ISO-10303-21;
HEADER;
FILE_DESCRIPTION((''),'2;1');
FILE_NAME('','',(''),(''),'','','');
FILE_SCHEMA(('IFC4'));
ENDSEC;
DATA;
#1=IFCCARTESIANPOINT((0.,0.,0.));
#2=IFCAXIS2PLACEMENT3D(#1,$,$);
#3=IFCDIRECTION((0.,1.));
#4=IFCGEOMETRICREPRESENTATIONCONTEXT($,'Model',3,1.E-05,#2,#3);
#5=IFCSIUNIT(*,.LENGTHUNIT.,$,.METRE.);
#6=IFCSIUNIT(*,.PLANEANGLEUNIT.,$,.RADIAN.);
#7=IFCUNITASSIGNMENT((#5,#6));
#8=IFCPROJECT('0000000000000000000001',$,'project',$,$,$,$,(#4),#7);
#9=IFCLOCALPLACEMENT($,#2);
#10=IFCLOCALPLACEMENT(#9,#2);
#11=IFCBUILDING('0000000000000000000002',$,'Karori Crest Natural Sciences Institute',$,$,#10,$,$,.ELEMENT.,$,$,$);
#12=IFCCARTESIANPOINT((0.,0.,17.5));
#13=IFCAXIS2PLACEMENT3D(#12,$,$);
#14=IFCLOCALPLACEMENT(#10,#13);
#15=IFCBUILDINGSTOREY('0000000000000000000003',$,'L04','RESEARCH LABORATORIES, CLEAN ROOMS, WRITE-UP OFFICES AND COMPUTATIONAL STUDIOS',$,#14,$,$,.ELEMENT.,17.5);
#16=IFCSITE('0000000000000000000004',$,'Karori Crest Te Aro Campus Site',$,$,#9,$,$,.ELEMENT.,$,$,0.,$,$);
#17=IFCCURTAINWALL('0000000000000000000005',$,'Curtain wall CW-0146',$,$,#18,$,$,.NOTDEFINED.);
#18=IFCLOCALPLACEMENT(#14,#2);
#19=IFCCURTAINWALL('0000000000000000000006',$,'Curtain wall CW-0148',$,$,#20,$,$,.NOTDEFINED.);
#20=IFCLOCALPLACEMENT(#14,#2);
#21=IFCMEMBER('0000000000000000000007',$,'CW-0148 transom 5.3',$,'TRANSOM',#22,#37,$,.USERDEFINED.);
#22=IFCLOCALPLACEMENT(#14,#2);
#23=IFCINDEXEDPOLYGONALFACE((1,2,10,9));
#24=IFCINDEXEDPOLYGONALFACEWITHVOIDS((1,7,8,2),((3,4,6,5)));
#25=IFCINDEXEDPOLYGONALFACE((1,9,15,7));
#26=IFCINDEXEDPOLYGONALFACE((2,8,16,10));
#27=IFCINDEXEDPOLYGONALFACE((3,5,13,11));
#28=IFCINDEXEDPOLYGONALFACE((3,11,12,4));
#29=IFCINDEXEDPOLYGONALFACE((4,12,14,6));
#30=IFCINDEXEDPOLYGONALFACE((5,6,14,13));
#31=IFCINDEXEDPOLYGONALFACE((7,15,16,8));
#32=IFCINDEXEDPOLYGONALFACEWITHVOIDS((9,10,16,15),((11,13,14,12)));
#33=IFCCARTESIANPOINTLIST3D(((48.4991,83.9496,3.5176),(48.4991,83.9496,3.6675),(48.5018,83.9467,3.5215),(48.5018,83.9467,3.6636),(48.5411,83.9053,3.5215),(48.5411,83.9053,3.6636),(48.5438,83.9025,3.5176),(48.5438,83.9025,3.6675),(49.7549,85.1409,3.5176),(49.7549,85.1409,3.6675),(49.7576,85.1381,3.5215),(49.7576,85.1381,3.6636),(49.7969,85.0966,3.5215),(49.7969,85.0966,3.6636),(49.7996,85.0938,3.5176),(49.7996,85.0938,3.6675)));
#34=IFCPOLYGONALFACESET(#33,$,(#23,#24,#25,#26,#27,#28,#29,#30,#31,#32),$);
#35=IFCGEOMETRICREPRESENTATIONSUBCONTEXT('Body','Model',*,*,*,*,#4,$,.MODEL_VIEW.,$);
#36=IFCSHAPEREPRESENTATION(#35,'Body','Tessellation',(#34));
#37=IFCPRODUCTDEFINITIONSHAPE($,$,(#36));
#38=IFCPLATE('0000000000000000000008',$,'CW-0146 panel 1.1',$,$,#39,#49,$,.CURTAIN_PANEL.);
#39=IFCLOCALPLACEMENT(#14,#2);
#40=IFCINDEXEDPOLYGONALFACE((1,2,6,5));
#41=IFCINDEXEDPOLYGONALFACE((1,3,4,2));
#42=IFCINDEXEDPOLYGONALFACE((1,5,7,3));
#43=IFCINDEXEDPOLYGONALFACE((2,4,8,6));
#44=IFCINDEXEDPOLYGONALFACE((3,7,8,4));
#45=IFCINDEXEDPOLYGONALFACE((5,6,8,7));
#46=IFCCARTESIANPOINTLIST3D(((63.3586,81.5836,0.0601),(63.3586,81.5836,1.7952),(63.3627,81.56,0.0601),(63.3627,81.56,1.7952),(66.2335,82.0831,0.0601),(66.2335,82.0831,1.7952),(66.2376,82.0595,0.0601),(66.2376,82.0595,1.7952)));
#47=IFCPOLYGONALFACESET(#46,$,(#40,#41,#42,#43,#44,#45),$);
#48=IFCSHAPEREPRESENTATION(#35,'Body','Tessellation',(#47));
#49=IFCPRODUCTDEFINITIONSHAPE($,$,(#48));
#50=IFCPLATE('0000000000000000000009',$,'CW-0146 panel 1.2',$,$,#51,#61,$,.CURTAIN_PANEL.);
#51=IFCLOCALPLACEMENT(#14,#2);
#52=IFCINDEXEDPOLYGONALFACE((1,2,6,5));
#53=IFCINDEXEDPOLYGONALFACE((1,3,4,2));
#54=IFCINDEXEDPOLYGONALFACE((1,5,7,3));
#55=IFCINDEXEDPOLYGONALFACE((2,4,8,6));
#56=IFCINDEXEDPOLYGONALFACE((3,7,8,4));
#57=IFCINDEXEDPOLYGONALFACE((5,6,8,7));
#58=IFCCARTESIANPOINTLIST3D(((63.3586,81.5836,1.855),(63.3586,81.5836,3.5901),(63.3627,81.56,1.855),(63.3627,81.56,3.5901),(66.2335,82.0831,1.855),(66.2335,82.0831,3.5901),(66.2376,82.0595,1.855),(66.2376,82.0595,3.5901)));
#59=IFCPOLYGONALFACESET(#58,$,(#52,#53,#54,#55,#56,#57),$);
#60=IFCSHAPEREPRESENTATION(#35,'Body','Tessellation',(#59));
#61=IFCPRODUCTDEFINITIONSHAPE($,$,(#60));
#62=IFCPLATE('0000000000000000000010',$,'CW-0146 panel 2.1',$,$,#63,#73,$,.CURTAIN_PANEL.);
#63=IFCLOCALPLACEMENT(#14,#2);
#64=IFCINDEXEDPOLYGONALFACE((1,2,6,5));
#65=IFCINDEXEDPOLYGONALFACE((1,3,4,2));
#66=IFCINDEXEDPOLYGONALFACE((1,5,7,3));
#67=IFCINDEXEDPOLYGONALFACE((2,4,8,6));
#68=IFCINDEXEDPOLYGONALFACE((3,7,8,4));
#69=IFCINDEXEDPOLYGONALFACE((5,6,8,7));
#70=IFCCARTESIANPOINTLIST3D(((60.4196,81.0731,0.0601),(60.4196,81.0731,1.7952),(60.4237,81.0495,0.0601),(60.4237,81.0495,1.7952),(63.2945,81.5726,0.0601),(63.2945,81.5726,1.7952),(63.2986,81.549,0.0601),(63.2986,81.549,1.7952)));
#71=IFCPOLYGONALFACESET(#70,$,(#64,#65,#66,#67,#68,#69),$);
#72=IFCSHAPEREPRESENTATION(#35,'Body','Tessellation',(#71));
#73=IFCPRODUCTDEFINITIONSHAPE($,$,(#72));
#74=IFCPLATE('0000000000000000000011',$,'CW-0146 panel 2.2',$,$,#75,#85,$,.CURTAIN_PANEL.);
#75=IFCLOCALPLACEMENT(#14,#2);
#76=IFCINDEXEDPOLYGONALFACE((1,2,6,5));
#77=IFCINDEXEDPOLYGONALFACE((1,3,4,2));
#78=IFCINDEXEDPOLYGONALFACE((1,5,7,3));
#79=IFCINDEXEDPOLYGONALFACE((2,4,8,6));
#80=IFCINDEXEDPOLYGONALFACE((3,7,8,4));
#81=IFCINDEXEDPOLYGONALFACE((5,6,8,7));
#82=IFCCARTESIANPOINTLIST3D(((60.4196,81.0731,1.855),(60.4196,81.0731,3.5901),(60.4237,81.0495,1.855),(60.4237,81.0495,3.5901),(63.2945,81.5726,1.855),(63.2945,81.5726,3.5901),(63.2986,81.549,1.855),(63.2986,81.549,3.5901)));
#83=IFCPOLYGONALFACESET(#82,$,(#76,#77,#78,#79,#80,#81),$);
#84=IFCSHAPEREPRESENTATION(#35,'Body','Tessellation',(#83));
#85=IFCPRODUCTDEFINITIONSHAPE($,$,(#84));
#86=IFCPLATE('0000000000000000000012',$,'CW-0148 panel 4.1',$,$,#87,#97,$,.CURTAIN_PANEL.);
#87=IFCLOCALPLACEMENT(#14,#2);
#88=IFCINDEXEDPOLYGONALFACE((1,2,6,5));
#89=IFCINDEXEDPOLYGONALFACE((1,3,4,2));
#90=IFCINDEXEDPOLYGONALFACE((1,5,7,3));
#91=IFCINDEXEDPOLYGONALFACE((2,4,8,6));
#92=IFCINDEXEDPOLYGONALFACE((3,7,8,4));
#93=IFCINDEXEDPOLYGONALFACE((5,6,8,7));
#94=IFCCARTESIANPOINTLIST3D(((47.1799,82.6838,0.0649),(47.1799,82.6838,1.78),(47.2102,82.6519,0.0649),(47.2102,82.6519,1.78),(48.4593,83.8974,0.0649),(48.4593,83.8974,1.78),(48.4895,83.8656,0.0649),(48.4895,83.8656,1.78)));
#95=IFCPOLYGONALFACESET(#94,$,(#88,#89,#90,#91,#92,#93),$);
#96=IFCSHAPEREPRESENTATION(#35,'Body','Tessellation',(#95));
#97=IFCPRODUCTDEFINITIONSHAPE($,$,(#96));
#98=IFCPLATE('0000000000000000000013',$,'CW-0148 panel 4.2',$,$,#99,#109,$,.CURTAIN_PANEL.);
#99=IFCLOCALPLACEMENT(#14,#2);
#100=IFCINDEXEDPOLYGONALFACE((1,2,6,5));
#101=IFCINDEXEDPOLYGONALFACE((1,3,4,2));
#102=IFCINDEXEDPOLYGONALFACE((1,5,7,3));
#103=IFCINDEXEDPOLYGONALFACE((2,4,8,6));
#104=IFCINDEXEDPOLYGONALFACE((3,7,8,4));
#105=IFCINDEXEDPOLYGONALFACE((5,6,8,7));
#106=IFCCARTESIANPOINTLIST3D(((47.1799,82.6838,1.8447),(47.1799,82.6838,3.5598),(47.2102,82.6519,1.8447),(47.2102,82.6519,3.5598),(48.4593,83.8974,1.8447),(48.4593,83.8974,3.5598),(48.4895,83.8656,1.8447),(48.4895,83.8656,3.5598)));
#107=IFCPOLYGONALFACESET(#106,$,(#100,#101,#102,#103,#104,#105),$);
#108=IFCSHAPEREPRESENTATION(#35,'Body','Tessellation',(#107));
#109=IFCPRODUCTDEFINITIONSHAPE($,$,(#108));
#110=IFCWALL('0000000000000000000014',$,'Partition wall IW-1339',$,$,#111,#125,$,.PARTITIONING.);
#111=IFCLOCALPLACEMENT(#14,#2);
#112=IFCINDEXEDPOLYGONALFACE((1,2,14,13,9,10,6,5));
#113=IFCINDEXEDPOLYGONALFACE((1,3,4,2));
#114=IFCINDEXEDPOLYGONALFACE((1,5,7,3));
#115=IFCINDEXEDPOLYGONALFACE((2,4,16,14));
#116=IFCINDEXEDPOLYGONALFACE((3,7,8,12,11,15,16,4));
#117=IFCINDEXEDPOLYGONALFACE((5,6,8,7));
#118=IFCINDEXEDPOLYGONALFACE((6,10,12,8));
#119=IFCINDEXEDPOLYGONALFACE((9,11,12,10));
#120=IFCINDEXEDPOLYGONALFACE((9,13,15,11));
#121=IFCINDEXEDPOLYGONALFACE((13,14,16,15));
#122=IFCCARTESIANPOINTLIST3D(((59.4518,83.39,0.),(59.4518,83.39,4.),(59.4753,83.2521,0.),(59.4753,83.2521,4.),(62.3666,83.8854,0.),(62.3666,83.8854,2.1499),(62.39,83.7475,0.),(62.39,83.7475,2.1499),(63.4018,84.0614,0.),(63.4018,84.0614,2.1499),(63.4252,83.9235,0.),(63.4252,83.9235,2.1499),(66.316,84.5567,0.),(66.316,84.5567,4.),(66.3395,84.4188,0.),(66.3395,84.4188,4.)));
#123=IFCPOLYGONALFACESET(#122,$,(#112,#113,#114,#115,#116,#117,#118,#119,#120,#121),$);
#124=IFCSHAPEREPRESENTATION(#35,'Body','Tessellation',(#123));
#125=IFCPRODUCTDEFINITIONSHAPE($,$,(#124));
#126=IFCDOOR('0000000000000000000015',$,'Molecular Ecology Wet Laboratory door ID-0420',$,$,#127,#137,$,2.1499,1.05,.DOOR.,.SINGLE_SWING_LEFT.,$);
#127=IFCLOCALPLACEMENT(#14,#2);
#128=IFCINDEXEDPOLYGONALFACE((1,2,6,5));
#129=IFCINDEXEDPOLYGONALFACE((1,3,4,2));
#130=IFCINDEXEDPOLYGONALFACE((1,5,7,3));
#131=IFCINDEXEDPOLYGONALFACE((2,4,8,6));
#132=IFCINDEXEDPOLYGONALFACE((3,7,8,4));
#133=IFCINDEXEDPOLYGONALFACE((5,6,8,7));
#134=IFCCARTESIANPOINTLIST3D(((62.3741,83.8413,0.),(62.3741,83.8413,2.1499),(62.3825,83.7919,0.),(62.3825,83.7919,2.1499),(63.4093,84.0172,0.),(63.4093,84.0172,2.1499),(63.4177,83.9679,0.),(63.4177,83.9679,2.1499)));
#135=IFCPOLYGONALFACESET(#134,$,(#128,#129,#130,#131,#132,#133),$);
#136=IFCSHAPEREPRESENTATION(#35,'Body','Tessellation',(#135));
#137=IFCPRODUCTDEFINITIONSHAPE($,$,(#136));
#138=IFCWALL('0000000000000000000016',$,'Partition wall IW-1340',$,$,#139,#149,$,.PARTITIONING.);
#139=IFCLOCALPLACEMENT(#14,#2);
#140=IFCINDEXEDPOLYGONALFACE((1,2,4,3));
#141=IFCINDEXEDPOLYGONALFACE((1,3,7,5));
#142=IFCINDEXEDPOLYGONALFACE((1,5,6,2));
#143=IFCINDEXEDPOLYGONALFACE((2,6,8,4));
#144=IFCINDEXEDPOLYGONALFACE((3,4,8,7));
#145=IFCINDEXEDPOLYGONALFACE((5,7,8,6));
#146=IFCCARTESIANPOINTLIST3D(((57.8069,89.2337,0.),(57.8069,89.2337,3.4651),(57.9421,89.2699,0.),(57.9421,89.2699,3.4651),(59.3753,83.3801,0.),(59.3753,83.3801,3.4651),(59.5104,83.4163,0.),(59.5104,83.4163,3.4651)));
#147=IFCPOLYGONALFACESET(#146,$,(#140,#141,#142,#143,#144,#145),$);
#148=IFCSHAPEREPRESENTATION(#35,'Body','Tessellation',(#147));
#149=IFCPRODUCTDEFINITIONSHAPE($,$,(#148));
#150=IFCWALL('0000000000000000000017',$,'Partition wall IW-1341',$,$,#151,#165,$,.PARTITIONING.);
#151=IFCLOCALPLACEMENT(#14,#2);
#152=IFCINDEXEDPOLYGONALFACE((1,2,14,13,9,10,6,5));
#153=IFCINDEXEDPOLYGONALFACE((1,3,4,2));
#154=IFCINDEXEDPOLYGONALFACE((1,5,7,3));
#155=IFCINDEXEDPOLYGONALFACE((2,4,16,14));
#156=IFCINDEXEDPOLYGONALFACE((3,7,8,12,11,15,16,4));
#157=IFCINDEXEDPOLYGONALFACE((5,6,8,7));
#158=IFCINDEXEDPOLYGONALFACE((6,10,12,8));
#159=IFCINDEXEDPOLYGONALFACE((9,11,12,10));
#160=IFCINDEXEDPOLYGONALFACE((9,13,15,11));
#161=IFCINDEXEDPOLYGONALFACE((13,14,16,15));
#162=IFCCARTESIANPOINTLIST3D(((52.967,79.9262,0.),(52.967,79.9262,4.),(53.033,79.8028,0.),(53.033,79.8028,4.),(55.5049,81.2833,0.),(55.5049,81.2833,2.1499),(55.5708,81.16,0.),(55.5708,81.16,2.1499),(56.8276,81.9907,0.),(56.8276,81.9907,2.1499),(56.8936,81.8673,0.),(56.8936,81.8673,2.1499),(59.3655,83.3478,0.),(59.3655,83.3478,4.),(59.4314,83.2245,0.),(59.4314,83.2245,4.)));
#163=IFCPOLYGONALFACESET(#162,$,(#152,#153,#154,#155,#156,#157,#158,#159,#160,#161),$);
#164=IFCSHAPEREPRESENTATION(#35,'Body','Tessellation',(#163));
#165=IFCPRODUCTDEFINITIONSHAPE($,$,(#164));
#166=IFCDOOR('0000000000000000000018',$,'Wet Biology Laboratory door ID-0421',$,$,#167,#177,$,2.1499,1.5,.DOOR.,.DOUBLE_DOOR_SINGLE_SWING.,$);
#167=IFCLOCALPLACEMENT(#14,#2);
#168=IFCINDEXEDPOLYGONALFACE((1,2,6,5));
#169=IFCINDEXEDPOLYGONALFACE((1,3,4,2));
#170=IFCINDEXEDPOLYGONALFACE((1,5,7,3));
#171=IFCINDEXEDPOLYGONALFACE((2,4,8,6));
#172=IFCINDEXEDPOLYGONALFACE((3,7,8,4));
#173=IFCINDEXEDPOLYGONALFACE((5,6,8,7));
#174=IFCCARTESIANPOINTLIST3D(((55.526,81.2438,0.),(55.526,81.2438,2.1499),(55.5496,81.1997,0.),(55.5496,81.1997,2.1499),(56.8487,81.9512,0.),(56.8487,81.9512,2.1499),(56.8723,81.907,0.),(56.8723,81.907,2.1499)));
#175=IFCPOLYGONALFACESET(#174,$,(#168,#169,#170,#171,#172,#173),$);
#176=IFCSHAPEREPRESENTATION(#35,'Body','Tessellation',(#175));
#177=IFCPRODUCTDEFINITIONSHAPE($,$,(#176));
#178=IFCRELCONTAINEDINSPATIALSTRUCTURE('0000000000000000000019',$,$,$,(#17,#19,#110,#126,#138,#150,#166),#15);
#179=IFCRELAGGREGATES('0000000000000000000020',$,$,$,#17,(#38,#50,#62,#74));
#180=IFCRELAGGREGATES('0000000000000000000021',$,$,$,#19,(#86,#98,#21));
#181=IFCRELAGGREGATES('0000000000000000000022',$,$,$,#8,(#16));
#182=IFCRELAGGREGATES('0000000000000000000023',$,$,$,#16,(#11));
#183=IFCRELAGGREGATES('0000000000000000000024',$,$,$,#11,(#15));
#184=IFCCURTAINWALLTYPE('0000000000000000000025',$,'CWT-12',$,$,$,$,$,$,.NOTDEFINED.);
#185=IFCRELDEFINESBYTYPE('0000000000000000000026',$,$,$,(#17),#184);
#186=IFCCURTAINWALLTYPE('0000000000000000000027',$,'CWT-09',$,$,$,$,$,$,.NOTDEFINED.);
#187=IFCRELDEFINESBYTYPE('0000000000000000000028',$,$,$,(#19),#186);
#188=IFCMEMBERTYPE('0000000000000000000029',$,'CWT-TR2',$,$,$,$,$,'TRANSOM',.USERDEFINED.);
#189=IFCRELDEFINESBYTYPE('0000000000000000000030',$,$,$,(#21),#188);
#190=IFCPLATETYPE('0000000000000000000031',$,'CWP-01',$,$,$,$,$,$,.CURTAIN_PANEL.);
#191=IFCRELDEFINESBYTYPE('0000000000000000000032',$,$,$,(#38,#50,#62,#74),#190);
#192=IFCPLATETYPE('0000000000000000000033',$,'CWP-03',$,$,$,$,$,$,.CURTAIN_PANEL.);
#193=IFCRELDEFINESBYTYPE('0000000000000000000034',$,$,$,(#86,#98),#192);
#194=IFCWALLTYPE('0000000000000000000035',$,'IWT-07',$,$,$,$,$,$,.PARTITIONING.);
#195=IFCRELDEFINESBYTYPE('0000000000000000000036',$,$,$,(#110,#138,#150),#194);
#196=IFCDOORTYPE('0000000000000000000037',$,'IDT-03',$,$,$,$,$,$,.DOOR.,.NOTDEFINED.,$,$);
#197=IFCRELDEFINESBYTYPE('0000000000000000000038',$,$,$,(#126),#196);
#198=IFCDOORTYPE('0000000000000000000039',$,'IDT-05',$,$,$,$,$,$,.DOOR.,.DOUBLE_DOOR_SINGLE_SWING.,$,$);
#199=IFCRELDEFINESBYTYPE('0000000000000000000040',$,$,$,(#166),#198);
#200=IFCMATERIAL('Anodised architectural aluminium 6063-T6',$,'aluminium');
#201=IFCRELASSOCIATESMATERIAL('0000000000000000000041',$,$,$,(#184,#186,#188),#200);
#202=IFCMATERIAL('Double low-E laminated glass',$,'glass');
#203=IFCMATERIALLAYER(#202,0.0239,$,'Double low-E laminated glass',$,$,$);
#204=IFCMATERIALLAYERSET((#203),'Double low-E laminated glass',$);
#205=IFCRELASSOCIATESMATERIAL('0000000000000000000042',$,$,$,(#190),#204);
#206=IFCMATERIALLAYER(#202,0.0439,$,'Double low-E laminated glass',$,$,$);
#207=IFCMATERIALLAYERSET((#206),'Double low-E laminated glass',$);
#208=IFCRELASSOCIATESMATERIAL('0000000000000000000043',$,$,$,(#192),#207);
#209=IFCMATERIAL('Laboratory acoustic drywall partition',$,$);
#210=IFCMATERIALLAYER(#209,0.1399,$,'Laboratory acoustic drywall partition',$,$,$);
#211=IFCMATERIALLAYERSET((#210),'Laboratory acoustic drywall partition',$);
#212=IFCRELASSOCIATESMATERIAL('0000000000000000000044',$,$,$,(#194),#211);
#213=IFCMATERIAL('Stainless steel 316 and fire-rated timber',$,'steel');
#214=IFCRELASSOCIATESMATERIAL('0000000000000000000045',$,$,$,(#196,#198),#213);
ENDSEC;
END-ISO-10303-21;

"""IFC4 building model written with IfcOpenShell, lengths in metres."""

from ifc_helpers import new_model, si_unit, direction, frame, frame_2d, origin, origin_2d, place, context, subcontext, project, spatial, rectangle, hollow_rectangle, extrude, material, layer, layer_set, material_profile, profile_set, type_object, element, fill, aggregate, save


model = new_model("IFC4")

# Units and contexts
model_context = context("Model", 3, precision=1e-05, world=origin(), true_north=direction((0.0, 1.0)))
body_context = subcontext(model_context, "Body", "Model", "MODEL_VIEW")
ifc_project = project(units=[si_unit("LENGTHUNIT", "METRE"), si_unit("PLANEANGLEUNIT", "RADIAN")], contexts=[model_context])

# Site, building, storey
site_placement = place(None, origin())
site = spatial("IfcSite", under=ifc_project, at=site_placement, Name="Karori Crest Te Aro Campus Site", CompositionType="ELEMENT", RefElevation=0.0)
building_placement = place(site_placement, origin())
building = spatial("IfcBuilding", under=site, at=building_placement, Name="Karori Crest Natural Sciences Institute", CompositionType="ELEMENT")
storey_placement = place(building_placement, frame((0.0, 0.0, 17.5)))
storey = spatial("IfcBuildingStorey", under=building, at=storey_placement, Name="L04", Description="RESEARCH LABORATORIES, CLEAN ROOMS, WRITE-UP OFFICES AND COMPUTATIONAL STUDIOS", CompositionType="ELEMENT", Elevation=17.5)

# Curtain wall
ifc_material_1 = material(Name="Anodised architectural aluminium 6063-T6", Category="aluminium")
curtain_wall_type_1 = type_object("IfcCurtainWallType", Name="CWT-12", PredefinedType="NOTDEFINED", material=ifc_material_1)
curtain_wall_1_placement = place(storey_placement, origin())
curtain_wall_1 = element("IfcCurtainWall", 1, at=curtain_wall_1_placement, inside=storey, type_object=curtain_wall_type_1, Name="Curtain wall CW-0146", PredefinedType="NOTDEFINED")

# Curtain wall
curtain_wall_type_2 = type_object("IfcCurtainWallType", Name="CWT-09", PredefinedType="NOTDEFINED", material=ifc_material_1)
curtain_wall_2_placement = place(storey_placement, origin())
curtain_wall_2 = element("IfcCurtainWall", 2, at=curtain_wall_2_placement, inside=storey, type_object=curtain_wall_type_2, Name="Curtain wall CW-0148", PredefinedType="NOTDEFINED")

# Member
ifc_material_profile_1 = material_profile(ifc_material_1, hollow_rectangle(XDim=0.0649, YDim=0.1499, WallThickness=0.0039, at=origin_2d()), Name="CWT150x65x4")
ifc_profile_set_1 = profile_set([ifc_material_profile_1], Name="Anodised architectural aluminium 6063-T6")
member_type_1 = type_object("IfcMemberType", Name="CWT-TR2", ElementType="TRANSOM", PredefinedType="USERDEFINED", material=ifc_profile_set_1)
member_1_placement = place(storey_placement, frame((48.5215, 83.926, 3.5925), z_axis=(0.725478, 0.688245, 0.0), x_axis=(-0.688245, 0.725478, 0.0)))
member_1 = element("IfcMember", 3, at=member_1_placement, type_object=member_type_1, Name="CW-0148 transom 5.3", ObjectType="TRANSOM", PredefinedType="USERDEFINED", context=body_context, shape_type="SweptSolid", body=[
    extrude(hollow_rectangle(XDim=0.0649, YDim=0.1499, WallThickness=0.0039, at=origin_2d()), origin(), (0.0, 0.0, 1.0), 1.731),
])

# Plates
ifc_material_2 = material(Name="Double low-E laminated glass", Category="glass")
ifc_layer_1 = layer(ifc_material_2, 0.0239, Name="Double low-E laminated glass")
ifc_layer_set_1 = layer_set([ifc_layer_1], Name="Double low-E laminated glass")
plate_type_1 = type_object("IfcPlateType", Name="CWP-01", PredefinedType="CURTAIN_PANEL", material=ifc_layer_set_1)
plate_1_placement = place(storey_placement, frame((64.7981, 81.8215, 0.0601), z_axis=(0.0, 0.0, 1.0), x_axis=(-0.985241, -0.171174, 0.0)))
plate_1 = element("IfcPlate", 4, at=plate_1_placement, type_object=plate_type_1, Name="CW-0146 panel 1.1", PredefinedType="CURTAIN_PANEL", context=body_context, shape_type="SweptSolid", body=[
    extrude(rectangle(XDim=2.918, YDim=0.0239, at=origin_2d()), origin(), (0.0, 0.0, 1.0), 1.7351),
])
plate_2_placement = place(storey_placement, frame((64.7981, 81.8215, 1.855), z_axis=(0.0, 0.0, 1.0), x_axis=(-0.985241, -0.171174, 0.0)))
plate_2 = element("IfcPlate", 5, at=plate_2_placement, type_object=plate_type_1, Name="CW-0146 panel 1.2", PredefinedType="CURTAIN_PANEL", context=body_context, shape_type="SweptSolid", body=[
    extrude(rectangle(XDim=2.918, YDim=0.0239, at=origin_2d()), origin(), (0.0, 0.0, 1.0), 1.7351),
])
plate_3_placement = place(storey_placement, frame((61.8591, 81.311, 0.0601), z_axis=(0.0, 0.0, 1.0), x_axis=(-0.985241, -0.171174, 0.0)))
plate_3 = element("IfcPlate", 6, at=plate_3_placement, type_object=plate_type_1, Name="CW-0146 panel 2.1", PredefinedType="CURTAIN_PANEL", context=body_context, shape_type="SweptSolid", body=[
    extrude(rectangle(XDim=2.918, YDim=0.0239, at=origin_2d()), origin(), (0.0, 0.0, 1.0), 1.7351),
])
plate_4_placement = place(storey_placement, frame((61.8591, 81.311, 1.855), z_axis=(0.0, 0.0, 1.0), x_axis=(-0.985241, -0.171174, 0.0)))
plate_4 = element("IfcPlate", 7, at=plate_4_placement, type_object=plate_type_1, Name="CW-0146 panel 2.2", PredefinedType="CURTAIN_PANEL", context=body_context, shape_type="SweptSolid", body=[
    extrude(rectangle(XDim=2.918, YDim=0.0239, at=origin_2d()), origin(), (0.0, 0.0, 1.0), 1.7351),
])
aggregate(curtain_wall_1, [plate_1, plate_2, plate_3, plate_4])
ifc_layer_2 = layer(ifc_material_2, 0.0439, Name="Double low-E laminated glass")
ifc_layer_set_2 = layer_set([ifc_layer_2], Name="Double low-E laminated glass")
plate_type_2 = type_object("IfcPlateType", Name="CWP-03", PredefinedType="CURTAIN_PANEL", material=ifc_layer_set_2)
plate_5_placement = place(storey_placement, frame((47.8347, 83.2747, 0.0649), z_axis=(0.0, 0.0, 1.0), x_axis=(0.725473, 0.688251, 0.0)))
plate_5 = element("IfcPlate", 8, at=plate_5_placement, type_object=plate_type_2, Name="CW-0148 panel 4.1", PredefinedType="CURTAIN_PANEL", context=body_context, shape_type="SweptSolid", body=[
    extrude(rectangle(XDim=1.7634, YDim=0.0439, at=origin_2d()), origin(), (0.0, 0.0, 1.0), 1.7151),
])
plate_6_placement = place(storey_placement, frame((47.8347, 83.2747, 1.8447), z_axis=(0.0, 0.0, 1.0), x_axis=(0.725473, 0.688251, 0.0)))
plate_6 = element("IfcPlate", 9, at=plate_6_placement, type_object=plate_type_2, Name="CW-0148 panel 4.2", PredefinedType="CURTAIN_PANEL", context=body_context, shape_type="SweptSolid", body=[
    extrude(rectangle(XDim=1.7634, YDim=0.0439, at=origin_2d()), origin(), (0.0, 0.0, 1.0), 1.7151),
])
aggregate(curtain_wall_2, [plate_5, plate_6, member_1])

# Wall, opening, door
ifc_material_3 = material(Name="Laboratory acoustic drywall partition")
ifc_layer_3 = layer(ifc_material_3, 0.1399, Name="Laboratory acoustic drywall partition")
ifc_layer_set_3 = layer_set([ifc_layer_3], Name="Laboratory acoustic drywall partition")
wall_type_1 = type_object("IfcWallType", Name="IWT-07", PredefinedType="PARTITIONING", material=ifc_layer_set_3)
wall_1_placement = place(storey_placement, frame((66.3279, 84.4878, 0.0), z_axis=(0.0, 0.0, 1.0), x_axis=(-0.98586, -0.167571, 0.0)))
wall_1 = element("IfcWall", 10, at=wall_1_placement, inside=storey, type_object=wall_type_1, Name="Partition wall IW-1339", PredefinedType="PARTITIONING", context=body_context, shape_type="SweptSolid", body=[
    extrude(rectangle(XDim=6.9626, YDim=0.1399, at=frame_2d((3.4814, 0.0))), origin(), (0.0, 0.0, 1.0), 4.0),
])
opening_1_placement = place(wall_1_placement, frame((2.9563, 0.0, 0.0)))
opening_1 = element("IfcOpeningElement", 11, at=opening_1_placement, cuts=wall_1, PredefinedType="OPENING", context=body_context, shape_type="SweptSolid", body=[
    extrude(rectangle(XDim=1.05, YDim=2.1499, at=frame_2d((0.5249, 1.075))), frame((0.0, 0.0801, 0.0), z_axis=(0.0, -1.0, 0.0), x_axis=(1.0, 0.0, 0.0)), (0.0, 0.0, 1.0), 0.1599),
])
ifc_material_4 = material(Name="Stainless steel 316 and fire-rated timber", Category="steel")
door_type_1 = type_object("IfcDoorType", Name="IDT-03", OperationType="NOTDEFINED", PredefinedType="DOOR", material=ifc_material_4)
door_1_placement = place(opening_1_placement, origin())
door_1 = element("IfcDoor", 12, at=door_1_placement, inside=storey, type_object=door_type_1, Name="Molecular Ecology Wet Laboratory door ID-0420", OperationType="SINGLE_SWING_LEFT", OverallHeight=2.1499, OverallWidth=1.05, PredefinedType="DOOR", context=body_context, shape_type="SweptSolid", body=[
    extrude(rectangle(XDim=1.05, YDim=2.1499, at=frame_2d((0.5249, 1.075))), frame((0.0, 0.0249, 0.0), z_axis=(0.0, -1.0, 0.0), x_axis=(1.0, 0.0, 0.0)), (0.0, 0.0, 1.0), 0.05),
])
fill(opening_1, door_1)

# Wall
wall_2_placement = place(storey_placement, frame((59.4429, 83.3982, 0.0), z_axis=(0.0, 0.0, 1.0), x_axis=(-0.258806, 0.965929, 0.0)))
element("IfcWall", 13, at=wall_2_placement, inside=storey, type_object=wall_type_1, Name="Partition wall IW-1340", PredefinedType="PARTITIONING", context=body_context, shape_type="SweptSolid", body=[
    extrude(rectangle(XDim=6.0601, YDim=0.1399, at=frame_2d((3.03, 0.0))), origin(), (0.0, 0.0, 1.0), 3.4651),
])

# Wall, opening, door
wall_3_placement = place(storey_placement, frame((59.3984, 83.2861, 0.0), z_axis=(0.0, 0.0, 1.0), x_axis=(-0.88183, -0.471568, 0.0)))
wall_3 = element("IfcWall", 14, at=wall_3_placement, inside=storey, type_object=wall_type_1, Name="Partition wall IW-1341", PredefinedType="PARTITIONING", context=body_context, shape_type="SweptSolid", body=[
    extrude(rectangle(XDim=7.2559, YDim=0.1399, at=frame_2d((3.6279, 0.0))), origin(), (0.0, 0.0, 1.0), 4.0),
])
opening_2_placement = place(wall_3_placement, frame((2.8779, 0.0, 0.0)))
opening_2 = element("IfcOpeningElement", 15, at=opening_2_placement, cuts=wall_3, PredefinedType="OPENING", context=body_context, shape_type="SweptSolid", body=[
    extrude(rectangle(XDim=1.5, YDim=2.1499, at=frame_2d((0.75, 1.075))), frame((0.0, 0.0801, 0.0), z_axis=(0.0, -1.0, 0.0), x_axis=(1.0, 0.0, 0.0)), (0.0, 0.0, 1.0), 0.1599),
])
door_type_2 = type_object("IfcDoorType", Name="IDT-05", OperationType="DOUBLE_DOOR_SINGLE_SWING", PredefinedType="DOOR", material=ifc_material_4)
door_2_placement = place(opening_2_placement, origin())
door_2 = element("IfcDoor", 16, at=door_2_placement, inside=storey, type_object=door_type_2, Name="Wet Biology Laboratory door ID-0421", OperationType="DOUBLE_DOOR_SINGLE_SWING", OverallHeight=2.1499, OverallWidth=1.5, PredefinedType="DOOR", context=body_context, shape_type="SweptSolid", body=[
    extrude(rectangle(XDim=1.5, YDim=2.1499, at=frame_2d((0.75, 1.075))), frame((0.0, 0.0249, 0.0), z_axis=(0.0, -1.0, 0.0), x_axis=(1.0, 0.0, 0.0)), (0.0, 0.0, 1.0), 0.05),
])
fill(opening_2, door_2)

save(model, "model.ifc")
